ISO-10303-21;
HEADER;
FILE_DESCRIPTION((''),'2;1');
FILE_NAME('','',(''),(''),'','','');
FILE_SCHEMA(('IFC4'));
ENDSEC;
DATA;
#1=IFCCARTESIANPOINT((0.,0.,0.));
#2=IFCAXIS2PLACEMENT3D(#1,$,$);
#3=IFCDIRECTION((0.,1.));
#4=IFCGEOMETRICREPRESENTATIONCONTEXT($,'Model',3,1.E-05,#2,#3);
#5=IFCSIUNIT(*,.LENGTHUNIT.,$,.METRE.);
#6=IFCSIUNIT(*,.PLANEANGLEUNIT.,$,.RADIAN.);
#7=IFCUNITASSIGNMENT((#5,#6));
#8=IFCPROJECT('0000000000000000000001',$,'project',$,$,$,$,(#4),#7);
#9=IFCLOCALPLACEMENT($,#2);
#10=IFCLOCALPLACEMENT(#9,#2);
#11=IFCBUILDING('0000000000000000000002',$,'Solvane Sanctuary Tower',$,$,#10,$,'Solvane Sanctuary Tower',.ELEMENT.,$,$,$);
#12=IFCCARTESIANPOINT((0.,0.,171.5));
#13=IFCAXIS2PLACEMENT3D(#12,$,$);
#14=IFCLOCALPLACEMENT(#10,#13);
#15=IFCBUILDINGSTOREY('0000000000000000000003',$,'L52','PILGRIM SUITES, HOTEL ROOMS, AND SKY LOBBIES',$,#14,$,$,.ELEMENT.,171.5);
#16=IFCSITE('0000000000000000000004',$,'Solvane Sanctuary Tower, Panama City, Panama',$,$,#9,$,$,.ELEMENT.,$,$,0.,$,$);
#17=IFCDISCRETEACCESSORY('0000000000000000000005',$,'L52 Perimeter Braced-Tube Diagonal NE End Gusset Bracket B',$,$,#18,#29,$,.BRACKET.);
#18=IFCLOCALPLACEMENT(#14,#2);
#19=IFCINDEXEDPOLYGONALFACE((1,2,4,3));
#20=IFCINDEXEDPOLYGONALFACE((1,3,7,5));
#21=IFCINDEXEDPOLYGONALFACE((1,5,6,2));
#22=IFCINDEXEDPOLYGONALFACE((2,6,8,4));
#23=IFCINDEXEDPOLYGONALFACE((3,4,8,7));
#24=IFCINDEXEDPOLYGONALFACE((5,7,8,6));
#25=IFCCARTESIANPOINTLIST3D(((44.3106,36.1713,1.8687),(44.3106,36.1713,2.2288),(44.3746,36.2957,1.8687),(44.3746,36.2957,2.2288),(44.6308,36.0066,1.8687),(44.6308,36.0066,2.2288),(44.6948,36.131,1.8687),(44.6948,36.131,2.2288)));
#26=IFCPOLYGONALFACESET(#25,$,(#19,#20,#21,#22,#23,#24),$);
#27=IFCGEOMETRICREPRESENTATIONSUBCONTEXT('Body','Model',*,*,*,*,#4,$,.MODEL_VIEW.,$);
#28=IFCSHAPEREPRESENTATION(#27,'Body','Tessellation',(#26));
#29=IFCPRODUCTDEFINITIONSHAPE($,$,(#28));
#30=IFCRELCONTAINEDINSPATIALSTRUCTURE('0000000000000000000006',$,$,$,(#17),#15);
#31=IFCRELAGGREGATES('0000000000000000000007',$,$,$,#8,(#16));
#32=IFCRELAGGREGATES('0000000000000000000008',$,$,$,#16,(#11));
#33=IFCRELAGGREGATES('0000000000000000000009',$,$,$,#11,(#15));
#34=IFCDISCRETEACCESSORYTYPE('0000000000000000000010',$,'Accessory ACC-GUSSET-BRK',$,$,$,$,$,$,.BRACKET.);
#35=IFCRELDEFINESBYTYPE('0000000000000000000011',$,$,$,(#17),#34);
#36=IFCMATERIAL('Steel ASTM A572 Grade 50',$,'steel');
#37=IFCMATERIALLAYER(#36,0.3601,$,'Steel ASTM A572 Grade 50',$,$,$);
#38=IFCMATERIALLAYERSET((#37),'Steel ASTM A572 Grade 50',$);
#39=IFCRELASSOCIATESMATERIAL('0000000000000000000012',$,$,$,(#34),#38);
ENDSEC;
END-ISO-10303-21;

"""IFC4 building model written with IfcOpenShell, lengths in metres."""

from ifc_helpers import new_model, si_unit, direction, frame, origin, origin_2d, place, context, subcontext, project, spatial, rectangle, extrude, material, layer, layer_set, type_object, element, save


model = new_model("IFC4")

# Units and contexts
model_context = context("Model", 3, precision=1e-05, world=origin(), true_north=direction((0.0, 1.0)))
body_context = subcontext(model_context, "Body", "Model", "MODEL_VIEW")
ifc_project = project(units=[si_unit("LENGTHUNIT", "METRE"), si_unit("PLANEANGLEUNIT", "RADIAN")], contexts=[model_context])

# Site, building, storey
site_placement = place(None, origin())
site = spatial("IfcSite", under=ifc_project, at=site_placement, Name="Solvane Sanctuary Tower, Panama City, Panama", CompositionType="ELEMENT", RefElevation=0.0)
building_placement = place(site_placement, origin())
building = spatial("IfcBuilding", under=site, at=building_placement, Name="Solvane Sanctuary Tower", LongName="Solvane Sanctuary Tower", CompositionType="ELEMENT")
storey_placement = place(building_placement, frame((0.0, 0.0, 171.5)))
storey = spatial("IfcBuildingStorey", under=building, at=storey_placement, Name="L52", Description="PILGRIM SUITES, HOTEL ROOMS, AND SKY LOBBIES", CompositionType="ELEMENT", Elevation=171.5)

# Discrete accessory
ifc_material_1 = material(Name="Steel ASTM A572 Grade 50", Category="steel")
ifc_layer_1 = layer(ifc_material_1, 0.3601, Name="Steel ASTM A572 Grade 50")
ifc_layer_set_1 = layer_set([ifc_layer_1], Name="Steel ASTM A572 Grade 50")
discrete_accessory_type = type_object("IfcDiscreteAccessoryType", Name="Accessory ACC-GUSSET-BRK", PredefinedType="BRACKET", material=ifc_layer_set_1)
for number, where, z_axis, x_axis, name in (
    (1, (44.5027, 36.1511, 1.8687), (0.0, 0.0, 1.0), (-0.889257, 0.457408, 0.0), "L52 Perimeter Braced-Tube Diagonal NE End Gusset Bracket B"),
):
    element("IfcDiscreteAccessory", number, at=place(storey_placement, frame(where, z_axis=z_axis, x_axis=x_axis)), inside=storey, type_object=discrete_accessory_type, Name=name, PredefinedType="BRACKET", context=body_context, shape_type="SweptSolid", body=[
        extrude(rectangle(XDim=0.3601, YDim=0.1399, at=origin_2d()), origin(), (0.0, 0.0, 1.0), 0.3601),
    ])

save(model, "model.ifc")
